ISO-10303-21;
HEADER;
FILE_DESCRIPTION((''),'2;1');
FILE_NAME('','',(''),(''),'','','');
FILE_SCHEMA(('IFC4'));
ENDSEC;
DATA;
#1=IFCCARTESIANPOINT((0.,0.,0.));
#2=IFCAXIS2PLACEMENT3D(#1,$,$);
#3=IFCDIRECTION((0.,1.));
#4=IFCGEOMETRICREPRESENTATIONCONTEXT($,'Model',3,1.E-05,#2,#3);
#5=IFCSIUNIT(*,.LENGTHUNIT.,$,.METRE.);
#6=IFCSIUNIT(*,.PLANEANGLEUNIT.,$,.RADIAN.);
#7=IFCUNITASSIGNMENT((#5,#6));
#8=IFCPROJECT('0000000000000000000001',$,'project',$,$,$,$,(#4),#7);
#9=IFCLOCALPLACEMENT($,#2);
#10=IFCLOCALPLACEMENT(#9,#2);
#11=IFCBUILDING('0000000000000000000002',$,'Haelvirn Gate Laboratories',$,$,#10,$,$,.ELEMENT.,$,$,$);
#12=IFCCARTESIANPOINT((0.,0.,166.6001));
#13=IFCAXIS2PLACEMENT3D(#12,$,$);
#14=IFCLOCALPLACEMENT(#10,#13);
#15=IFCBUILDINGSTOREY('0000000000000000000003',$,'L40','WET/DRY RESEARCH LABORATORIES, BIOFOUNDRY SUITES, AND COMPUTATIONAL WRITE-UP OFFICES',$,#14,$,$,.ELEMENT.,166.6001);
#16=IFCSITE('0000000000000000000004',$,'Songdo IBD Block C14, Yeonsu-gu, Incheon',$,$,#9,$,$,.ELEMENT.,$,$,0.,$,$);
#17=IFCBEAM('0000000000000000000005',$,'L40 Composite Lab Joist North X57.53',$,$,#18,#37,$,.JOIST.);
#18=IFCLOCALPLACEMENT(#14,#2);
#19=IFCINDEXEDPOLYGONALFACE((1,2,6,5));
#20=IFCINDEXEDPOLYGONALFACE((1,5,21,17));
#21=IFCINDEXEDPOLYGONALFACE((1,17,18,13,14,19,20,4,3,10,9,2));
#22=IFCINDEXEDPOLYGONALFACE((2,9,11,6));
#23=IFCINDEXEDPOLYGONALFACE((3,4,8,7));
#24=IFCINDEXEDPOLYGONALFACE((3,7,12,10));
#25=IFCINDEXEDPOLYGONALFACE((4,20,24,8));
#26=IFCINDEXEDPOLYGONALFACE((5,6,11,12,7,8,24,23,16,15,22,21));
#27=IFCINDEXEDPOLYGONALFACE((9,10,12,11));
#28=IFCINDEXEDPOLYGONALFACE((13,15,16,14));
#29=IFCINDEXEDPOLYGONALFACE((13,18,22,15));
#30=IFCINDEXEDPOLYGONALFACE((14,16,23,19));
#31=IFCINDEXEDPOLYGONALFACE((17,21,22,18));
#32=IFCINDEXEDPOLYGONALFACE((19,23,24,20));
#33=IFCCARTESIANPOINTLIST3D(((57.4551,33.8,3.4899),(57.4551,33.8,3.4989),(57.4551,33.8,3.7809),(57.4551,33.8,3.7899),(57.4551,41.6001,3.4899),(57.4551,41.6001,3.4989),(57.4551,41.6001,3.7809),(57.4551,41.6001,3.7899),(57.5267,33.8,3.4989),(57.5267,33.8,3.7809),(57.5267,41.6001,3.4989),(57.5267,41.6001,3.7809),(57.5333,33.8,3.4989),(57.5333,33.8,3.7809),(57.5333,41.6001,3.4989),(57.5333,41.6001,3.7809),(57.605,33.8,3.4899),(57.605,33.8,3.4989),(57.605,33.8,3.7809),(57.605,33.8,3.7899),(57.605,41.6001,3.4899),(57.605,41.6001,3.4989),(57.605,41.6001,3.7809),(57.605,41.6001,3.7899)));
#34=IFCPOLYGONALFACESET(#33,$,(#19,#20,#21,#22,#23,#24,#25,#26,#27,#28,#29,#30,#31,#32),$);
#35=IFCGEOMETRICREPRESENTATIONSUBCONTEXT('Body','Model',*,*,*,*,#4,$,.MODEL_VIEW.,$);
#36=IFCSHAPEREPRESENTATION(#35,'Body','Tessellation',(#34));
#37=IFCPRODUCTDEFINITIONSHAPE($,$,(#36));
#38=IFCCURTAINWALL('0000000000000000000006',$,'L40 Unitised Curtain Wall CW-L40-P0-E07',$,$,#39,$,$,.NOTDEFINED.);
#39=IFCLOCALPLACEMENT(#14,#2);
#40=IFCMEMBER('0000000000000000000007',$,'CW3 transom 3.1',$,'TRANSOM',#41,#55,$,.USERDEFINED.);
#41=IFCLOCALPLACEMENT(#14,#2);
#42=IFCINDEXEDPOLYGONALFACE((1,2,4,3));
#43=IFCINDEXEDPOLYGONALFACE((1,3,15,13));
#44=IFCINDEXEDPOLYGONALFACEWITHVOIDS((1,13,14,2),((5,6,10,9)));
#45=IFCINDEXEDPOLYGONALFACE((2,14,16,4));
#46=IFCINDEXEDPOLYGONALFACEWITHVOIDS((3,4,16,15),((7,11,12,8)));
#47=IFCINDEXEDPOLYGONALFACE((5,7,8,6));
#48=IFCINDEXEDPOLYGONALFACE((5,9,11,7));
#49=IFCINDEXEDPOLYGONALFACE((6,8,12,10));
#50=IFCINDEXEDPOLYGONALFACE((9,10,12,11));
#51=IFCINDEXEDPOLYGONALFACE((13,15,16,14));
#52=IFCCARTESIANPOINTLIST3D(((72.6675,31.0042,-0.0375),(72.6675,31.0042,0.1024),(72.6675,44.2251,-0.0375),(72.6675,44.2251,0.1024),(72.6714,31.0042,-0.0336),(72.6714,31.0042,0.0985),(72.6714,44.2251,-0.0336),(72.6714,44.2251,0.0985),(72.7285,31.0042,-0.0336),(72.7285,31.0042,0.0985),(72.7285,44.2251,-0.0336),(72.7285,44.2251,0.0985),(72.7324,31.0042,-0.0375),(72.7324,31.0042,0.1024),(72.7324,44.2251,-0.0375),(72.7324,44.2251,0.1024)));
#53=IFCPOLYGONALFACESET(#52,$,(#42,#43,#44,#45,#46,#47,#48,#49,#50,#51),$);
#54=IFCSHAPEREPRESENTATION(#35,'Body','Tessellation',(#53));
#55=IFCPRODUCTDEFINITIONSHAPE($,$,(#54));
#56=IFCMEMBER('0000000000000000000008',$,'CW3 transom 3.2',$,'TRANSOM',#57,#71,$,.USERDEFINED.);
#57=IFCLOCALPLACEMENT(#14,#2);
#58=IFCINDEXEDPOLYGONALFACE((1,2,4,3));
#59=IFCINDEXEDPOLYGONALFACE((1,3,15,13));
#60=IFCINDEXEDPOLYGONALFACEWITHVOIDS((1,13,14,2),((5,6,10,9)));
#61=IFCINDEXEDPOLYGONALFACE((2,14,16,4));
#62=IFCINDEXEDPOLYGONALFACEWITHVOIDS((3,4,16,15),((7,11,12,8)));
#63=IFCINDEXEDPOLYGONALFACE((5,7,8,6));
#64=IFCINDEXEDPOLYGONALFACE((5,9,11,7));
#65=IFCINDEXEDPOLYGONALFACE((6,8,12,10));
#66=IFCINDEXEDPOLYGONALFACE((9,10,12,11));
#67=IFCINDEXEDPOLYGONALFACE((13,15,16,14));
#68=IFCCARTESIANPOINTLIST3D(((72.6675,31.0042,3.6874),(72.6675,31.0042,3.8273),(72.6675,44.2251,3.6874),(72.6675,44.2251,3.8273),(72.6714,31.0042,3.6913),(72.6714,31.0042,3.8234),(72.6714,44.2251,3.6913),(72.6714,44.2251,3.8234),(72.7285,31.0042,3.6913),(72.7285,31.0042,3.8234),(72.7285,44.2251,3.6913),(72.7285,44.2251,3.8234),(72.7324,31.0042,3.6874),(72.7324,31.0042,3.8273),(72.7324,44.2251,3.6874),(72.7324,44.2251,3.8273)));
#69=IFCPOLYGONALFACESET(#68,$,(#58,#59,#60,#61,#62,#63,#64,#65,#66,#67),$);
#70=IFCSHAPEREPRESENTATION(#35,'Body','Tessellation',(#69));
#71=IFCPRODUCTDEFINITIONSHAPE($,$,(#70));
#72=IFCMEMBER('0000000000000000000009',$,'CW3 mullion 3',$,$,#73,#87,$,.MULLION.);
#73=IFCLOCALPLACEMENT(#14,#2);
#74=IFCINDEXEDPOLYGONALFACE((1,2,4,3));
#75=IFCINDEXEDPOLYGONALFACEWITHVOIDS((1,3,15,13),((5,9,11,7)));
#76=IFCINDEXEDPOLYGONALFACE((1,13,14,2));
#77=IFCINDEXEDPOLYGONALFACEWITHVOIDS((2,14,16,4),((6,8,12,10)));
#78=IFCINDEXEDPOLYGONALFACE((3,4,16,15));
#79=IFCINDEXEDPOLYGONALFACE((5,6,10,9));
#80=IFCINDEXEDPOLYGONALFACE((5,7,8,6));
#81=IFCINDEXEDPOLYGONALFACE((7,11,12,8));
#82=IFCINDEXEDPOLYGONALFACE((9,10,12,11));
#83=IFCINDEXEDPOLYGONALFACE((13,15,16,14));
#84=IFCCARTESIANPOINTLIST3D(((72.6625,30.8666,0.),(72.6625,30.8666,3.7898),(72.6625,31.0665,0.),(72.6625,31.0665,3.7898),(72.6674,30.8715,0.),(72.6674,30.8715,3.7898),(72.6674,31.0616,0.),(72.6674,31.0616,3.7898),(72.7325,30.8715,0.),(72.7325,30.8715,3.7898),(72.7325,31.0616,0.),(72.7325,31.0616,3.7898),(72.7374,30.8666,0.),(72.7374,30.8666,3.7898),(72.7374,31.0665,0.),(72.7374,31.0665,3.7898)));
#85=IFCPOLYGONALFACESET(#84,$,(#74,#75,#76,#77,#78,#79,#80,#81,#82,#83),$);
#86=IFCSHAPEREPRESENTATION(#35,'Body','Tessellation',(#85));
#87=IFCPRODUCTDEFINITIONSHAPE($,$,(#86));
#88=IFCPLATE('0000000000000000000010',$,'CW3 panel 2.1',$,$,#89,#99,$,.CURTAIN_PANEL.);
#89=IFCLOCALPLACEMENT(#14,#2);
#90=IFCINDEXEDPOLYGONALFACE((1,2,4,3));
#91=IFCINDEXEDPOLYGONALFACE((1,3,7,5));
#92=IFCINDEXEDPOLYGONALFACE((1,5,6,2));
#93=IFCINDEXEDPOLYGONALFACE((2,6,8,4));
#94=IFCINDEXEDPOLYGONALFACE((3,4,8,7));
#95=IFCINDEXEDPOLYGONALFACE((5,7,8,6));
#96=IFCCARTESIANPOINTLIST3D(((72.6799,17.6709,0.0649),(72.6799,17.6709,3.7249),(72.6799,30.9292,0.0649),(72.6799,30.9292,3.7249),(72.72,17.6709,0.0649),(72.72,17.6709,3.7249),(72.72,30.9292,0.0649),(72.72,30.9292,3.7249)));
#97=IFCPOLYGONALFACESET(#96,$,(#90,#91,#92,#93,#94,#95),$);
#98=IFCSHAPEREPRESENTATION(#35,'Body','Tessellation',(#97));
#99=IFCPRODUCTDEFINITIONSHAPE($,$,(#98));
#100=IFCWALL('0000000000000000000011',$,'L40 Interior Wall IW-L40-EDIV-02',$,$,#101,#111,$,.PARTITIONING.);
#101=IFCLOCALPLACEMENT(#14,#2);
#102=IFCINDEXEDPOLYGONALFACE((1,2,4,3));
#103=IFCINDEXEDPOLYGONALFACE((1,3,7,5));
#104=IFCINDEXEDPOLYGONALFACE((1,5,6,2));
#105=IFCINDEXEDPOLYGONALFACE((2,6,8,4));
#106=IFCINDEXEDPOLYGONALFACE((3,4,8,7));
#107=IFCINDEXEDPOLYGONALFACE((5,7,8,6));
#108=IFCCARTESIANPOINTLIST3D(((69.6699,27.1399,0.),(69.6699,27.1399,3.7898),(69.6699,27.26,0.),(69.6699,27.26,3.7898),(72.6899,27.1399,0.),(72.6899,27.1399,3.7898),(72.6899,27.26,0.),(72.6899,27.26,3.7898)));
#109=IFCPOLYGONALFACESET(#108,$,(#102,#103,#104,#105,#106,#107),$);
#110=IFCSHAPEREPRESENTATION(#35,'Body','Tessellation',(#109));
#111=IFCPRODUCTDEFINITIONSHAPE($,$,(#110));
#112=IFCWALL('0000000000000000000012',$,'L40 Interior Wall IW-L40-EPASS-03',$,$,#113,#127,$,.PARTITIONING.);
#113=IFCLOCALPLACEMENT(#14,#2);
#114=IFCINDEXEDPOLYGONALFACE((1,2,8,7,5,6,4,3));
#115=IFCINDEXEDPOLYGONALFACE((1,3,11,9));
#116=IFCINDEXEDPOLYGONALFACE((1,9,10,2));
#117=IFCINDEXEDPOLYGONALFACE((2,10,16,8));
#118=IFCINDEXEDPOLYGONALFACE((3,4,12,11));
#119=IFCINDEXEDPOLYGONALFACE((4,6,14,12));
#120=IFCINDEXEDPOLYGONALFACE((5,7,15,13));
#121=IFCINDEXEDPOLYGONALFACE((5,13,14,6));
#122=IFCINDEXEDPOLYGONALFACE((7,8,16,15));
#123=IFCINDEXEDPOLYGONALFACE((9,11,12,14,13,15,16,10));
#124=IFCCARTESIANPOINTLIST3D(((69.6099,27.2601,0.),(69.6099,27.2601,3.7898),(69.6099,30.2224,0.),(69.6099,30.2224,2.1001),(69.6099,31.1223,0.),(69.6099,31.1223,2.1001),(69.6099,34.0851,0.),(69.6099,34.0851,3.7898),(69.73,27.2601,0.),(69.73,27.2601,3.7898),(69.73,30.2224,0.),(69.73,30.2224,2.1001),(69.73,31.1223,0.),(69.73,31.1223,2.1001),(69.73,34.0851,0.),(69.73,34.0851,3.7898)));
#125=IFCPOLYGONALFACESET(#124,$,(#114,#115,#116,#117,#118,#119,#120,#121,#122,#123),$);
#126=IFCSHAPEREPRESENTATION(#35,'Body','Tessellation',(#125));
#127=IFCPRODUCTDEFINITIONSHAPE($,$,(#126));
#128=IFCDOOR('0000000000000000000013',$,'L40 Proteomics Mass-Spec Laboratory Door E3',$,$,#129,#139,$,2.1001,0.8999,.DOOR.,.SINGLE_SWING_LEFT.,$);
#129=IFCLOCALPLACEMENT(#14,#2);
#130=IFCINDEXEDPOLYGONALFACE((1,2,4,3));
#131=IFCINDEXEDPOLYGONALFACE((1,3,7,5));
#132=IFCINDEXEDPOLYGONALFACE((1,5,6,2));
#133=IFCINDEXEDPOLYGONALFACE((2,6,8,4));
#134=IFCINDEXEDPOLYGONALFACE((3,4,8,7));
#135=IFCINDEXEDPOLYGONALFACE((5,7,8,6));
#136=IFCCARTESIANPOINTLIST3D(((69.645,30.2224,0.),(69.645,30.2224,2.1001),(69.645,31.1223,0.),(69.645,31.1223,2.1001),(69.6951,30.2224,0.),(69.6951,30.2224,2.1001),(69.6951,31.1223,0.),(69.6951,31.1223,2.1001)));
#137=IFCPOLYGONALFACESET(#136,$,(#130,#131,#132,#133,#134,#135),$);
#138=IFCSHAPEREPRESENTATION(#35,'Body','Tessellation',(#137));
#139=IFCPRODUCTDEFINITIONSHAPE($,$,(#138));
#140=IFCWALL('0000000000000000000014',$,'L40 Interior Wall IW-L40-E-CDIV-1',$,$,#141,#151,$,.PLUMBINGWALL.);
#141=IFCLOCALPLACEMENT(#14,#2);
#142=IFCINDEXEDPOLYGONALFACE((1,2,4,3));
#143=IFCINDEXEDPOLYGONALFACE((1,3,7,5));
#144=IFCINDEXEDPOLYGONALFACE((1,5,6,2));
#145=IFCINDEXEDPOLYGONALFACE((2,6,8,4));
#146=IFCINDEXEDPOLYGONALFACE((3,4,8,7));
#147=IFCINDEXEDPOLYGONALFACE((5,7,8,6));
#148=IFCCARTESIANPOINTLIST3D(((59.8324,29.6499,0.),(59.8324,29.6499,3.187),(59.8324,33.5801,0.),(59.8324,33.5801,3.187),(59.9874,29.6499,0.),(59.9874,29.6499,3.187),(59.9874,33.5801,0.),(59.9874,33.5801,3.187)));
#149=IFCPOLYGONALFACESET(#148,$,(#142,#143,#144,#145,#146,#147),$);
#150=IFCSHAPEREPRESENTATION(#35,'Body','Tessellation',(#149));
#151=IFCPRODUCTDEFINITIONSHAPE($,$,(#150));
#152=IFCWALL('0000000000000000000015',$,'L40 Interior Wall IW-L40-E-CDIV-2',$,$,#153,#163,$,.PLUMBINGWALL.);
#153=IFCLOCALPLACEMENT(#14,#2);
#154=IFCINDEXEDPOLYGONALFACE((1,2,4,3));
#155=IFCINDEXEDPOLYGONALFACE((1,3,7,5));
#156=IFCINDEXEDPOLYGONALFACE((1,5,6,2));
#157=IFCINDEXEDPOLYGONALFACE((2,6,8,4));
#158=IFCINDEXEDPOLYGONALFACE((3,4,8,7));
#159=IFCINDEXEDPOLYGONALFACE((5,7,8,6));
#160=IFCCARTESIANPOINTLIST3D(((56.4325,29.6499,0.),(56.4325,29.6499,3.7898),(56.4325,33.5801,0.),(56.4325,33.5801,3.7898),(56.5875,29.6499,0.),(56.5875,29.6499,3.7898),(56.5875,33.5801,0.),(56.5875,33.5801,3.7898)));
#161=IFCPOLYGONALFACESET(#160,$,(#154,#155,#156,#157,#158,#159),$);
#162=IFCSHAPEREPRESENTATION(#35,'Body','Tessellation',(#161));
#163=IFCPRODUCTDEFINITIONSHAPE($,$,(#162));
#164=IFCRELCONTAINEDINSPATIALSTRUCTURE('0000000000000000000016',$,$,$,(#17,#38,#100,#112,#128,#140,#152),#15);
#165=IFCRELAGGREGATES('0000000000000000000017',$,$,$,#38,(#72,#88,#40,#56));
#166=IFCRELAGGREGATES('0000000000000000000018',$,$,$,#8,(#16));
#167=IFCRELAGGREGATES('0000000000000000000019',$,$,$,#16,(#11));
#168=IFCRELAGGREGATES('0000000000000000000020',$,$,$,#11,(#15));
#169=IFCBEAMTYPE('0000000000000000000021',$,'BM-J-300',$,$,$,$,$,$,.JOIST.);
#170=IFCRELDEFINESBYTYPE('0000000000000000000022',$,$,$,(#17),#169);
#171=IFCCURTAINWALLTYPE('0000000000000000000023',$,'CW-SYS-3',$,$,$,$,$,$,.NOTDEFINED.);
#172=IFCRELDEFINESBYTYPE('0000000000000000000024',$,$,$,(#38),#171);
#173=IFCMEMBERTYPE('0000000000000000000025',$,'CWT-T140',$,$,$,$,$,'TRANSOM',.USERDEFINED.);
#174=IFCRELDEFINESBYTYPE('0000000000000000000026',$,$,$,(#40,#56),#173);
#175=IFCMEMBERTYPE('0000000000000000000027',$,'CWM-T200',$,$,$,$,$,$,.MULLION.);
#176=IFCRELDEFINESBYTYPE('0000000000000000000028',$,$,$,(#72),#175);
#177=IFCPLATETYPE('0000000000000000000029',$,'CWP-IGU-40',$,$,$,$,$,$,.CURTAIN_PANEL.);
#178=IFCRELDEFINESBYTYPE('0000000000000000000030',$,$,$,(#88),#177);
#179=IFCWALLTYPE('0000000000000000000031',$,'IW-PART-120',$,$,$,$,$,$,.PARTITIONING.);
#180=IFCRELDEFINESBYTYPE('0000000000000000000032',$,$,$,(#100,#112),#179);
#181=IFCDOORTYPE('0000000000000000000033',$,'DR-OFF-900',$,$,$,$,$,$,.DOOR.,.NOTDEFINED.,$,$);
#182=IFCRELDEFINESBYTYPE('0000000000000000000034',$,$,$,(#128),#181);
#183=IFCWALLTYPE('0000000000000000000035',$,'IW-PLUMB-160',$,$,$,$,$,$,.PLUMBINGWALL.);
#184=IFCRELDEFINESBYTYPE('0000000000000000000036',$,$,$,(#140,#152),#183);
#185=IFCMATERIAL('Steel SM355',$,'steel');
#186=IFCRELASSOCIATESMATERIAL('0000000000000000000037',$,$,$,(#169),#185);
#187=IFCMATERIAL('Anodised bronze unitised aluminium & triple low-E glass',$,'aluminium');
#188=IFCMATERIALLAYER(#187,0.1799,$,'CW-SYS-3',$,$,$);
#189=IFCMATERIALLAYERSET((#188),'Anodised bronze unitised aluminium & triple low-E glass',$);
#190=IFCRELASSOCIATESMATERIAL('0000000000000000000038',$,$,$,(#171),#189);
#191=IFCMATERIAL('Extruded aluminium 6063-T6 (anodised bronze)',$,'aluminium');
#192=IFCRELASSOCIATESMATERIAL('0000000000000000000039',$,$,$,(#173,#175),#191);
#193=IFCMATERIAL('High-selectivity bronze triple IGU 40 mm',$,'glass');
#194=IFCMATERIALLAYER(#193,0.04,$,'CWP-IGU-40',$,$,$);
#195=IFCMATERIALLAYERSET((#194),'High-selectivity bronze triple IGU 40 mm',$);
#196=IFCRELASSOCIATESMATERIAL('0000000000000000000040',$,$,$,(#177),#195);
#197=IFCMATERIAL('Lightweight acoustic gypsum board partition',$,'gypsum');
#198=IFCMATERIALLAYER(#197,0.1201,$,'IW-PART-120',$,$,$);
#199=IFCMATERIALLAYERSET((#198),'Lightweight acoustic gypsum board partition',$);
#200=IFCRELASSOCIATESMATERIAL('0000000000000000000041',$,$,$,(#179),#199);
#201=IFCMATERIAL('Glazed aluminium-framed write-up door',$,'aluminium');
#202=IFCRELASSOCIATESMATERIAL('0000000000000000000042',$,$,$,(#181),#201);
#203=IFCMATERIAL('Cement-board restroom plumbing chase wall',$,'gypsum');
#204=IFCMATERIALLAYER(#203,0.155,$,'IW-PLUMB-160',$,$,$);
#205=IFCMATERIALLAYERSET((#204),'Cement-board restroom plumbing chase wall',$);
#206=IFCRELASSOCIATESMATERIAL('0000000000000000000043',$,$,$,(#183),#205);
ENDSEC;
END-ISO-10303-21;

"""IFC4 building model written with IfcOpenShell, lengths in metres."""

from ifc_helpers import new_model, si_unit, direction, frame, frame_2d, origin, origin_2d, place, context, subcontext, project, spatial, rectangle, hollow_rectangle, i_section, extrude, source, transform, mapped, material, layer, layer_set, material_profile, profile_set, type_object, type_shapes, element, fill, aggregate, save


model = new_model("IFC4")

# Units and contexts
model_context = context("Model", 3, precision=1e-05, world=origin(), true_north=direction((0.0, 1.0)))
body_context = subcontext(model_context, "Body", "Model", "MODEL_VIEW")
ifc_project = project(units=[si_unit("LENGTHUNIT", "METRE"), si_unit("PLANEANGLEUNIT", "RADIAN")], contexts=[model_context])

# Site, building, storey
site_placement = place(None, origin())
site = spatial("IfcSite", under=ifc_project, at=site_placement, Name="Songdo IBD Block C14, Yeonsu-gu, Incheon", CompositionType="ELEMENT", RefElevation=0.0)
building_placement = place(site_placement, origin())
building = spatial("IfcBuilding", under=site, at=building_placement, Name="Haelvirn Gate Laboratories", CompositionType="ELEMENT")
storey_placement = place(building_placement, frame((0.0, 0.0, 166.6001)))
storey = spatial("IfcBuildingStorey", under=building, at=storey_placement, Name="L40", Description="WET/DRY RESEARCH LABORATORIES, BIOFOUNDRY SUITES, AND COMPUTATIONAL WRITE-UP OFFICES", CompositionType="ELEMENT", Elevation=166.6001)

# Beam
ifc_material_1 = material(Name="Steel SM355", Category="steel")
ifc_material_profile_1 = material_profile(ifc_material_1, i_section(OverallWidth=0.1499, OverallDepth=0.3, WebThickness=0.0066, FlangeThickness=0.009, at=origin_2d()), Name="H-300x150x6.5x9")
ifc_profile_set_1 = profile_set([ifc_material_profile_1], Name="Steel SM355")
beam_type = type_object("IfcBeamType", Name="BM-J-300", PredefinedType="JOIST", material=ifc_profile_set_1)
shared_shape_1 = source(origin(), body_context, "Body", "SweptSolid", [
    extrude(i_section(OverallWidth=0.1499, OverallDepth=0.3, WebThickness=0.0066, FlangeThickness=0.009, at=origin_2d()), origin(), (0.0, 0.0, 1.0), 7.8),
])
type_shapes(beam_type, [shared_shape_1])
beam_placement = place(storey_placement, frame((57.53, 33.8, 3.6399), z_axis=(0.0, 1.0, 0.0), x_axis=(-1.0, 0.0, 0.0)))
element("IfcBeam", 1, at=beam_placement, inside=storey, type_object=beam_type, Name="L40 Composite Lab Joist North X57.53", PredefinedType="JOIST", context=body_context, shape_type="MappedRepresentation", body=[
    mapped(shared_shape_1, transform((0.0, 0.0, 0.0), scale=1.0)),
])

# Curtain wall, members, plate
ifc_material_2 = material(Name="Anodised bronze unitised aluminium & triple low-E glass", Category="aluminium")
ifc_layer_1 = layer(ifc_material_2, 0.1799, Name="CW-SYS-3")
ifc_layer_set_1 = layer_set([ifc_layer_1], Name="Anodised bronze unitised aluminium & triple low-E glass")
curtain_wall_type = type_object("IfcCurtainWallType", Name="CW-SYS-3", PredefinedType="NOTDEFINED", material=ifc_layer_set_1)
curtain_wall_placement = place(storey_placement, origin())
curtain_wall = element("IfcCurtainWall", 2, at=curtain_wall_placement, inside=storey, type_object=curtain_wall_type, Name="L40 Unitised Curtain Wall CW-L40-P0-E07", PredefinedType="NOTDEFINED")
ifc_material_3 = material(Name="Extruded aluminium 6063-T6 (anodised bronze)", Category="aluminium")
ifc_material_profile_2 = material_profile(ifc_material_3, hollow_rectangle(XDim=0.0649, YDim=0.1399, WallThickness=0.0039, at=origin_2d()), Name="CWT-140x65x4")
ifc_profile_set_2 = profile_set([ifc_material_profile_2], Name="Extruded aluminium 6063-T6 (anodised bronze)")
member_type_1 = type_object("IfcMemberType", Name="CWT-T140", ElementType="TRANSOM", PredefinedType="USERDEFINED", material=ifc_profile_set_2)
shared_shape_2 = source(origin(), body_context, "Body", "SweptSolid", [
    extrude(hollow_rectangle(XDim=0.0649, YDim=0.1399, WallThickness=0.0039, at=origin_2d()), origin(), (0.0, 0.0, 1.0), 13.2209),
])
type_shapes(member_type_1, [shared_shape_2])
member_1_placement = place(storey_placement, frame((72.7, 31.0042, 0.0325), z_axis=(0.0, 1.0, 0.0), x_axis=(-1.0, 0.0, 0.0)))
member_1 = element("IfcMember", 3, at=member_1_placement, type_object=member_type_1, Name="CW3 transom 3.1", ObjectType="TRANSOM", PredefinedType="USERDEFINED", context=body_context, shape_type="MappedRepresentation", body=[
    mapped(shared_shape_2, transform((0.0, 0.0, 0.0), scale=1.0)),
])
member_2_placement = place(storey_placement, frame((72.7, 31.0042, 3.7573), z_axis=(0.0, 1.0, 0.0), x_axis=(-1.0, 0.0, 0.0)))
member_2 = element("IfcMember", 4, at=member_2_placement, type_object=member_type_1, Name="CW3 transom 3.2", ObjectType="TRANSOM", PredefinedType="USERDEFINED", context=body_context, shape_type="MappedRepresentation", body=[
    mapped(shared_shape_2, transform((0.0, 0.0, 0.0), scale=1.0)),
])
ifc_material_profile_3 = material_profile(ifc_material_3, hollow_rectangle(XDim=0.075, YDim=0.2, WallThickness=0.0049, at=origin_2d()), Name="CWM-200x75x5")
ifc_profile_set_3 = profile_set([ifc_material_profile_3], Name="Extruded aluminium 6063-T6 (anodised bronze)")
member_type_2 = type_object("IfcMemberType", Name="CWM-T200", PredefinedType="MULLION", material=ifc_profile_set_3)
shared_shape_3 = source(origin(), body_context, "Body", "SweptSolid", [
    extrude(hollow_rectangle(XDim=0.075, YDim=0.2, WallThickness=0.0049, at=origin_2d()), origin(), (0.0, 0.0, 1.0), 3.7898),
])
type_shapes(member_type_2, [shared_shape_3])
member_3_placement = place(storey_placement, frame((72.7, 30.9666, 0.0), z_axis=(0.0, 0.0, 1.0), x_axis=(-1.0, 0.0, 0.0)))
member_3 = element("IfcMember", 5, at=member_3_placement, type_object=member_type_2, Name="CW3 mullion 3", PredefinedType="MULLION", context=body_context, shape_type="MappedRepresentation", body=[
    mapped(shared_shape_3, transform((0.0, 0.0, 0.0), scale=1.0)),
])
ifc_material_4 = material(Name="High-selectivity bronze triple IGU 40 mm", Category="glass")
ifc_layer_2 = layer(ifc_material_4, 0.04, Name="CWP-IGU-40")
ifc_layer_set_2 = layer_set([ifc_layer_2], Name="High-selectivity bronze triple IGU 40 mm")
plate_type = type_object("IfcPlateType", Name="CWP-IGU-40", PredefinedType="CURTAIN_PANEL", material=ifc_layer_set_2)
shared_shape_4 = source(origin(), body_context, "Body", "SweptSolid", [
    extrude(rectangle(XDim=13.2583, YDim=0.04, at=origin_2d()), origin(), (0.0, 0.0, 1.0), 3.6599),
])
type_shapes(plate_type, [shared_shape_4])
plate_placement = place(storey_placement, frame((72.7, 24.3, 0.0649), z_axis=(0.0, 0.0, 1.0), x_axis=(0.0, 1.0, 0.0)))
plate = element("IfcPlate", 6, at=plate_placement, type_object=plate_type, Name="CW3 panel 2.1", PredefinedType="CURTAIN_PANEL", context=body_context, shape_type="MappedRepresentation", body=[
    mapped(shared_shape_4, transform((0.0, 0.0, 0.0), scale=1.0)),
])
aggregate(curtain_wall, [member_3, plate, member_1, member_2])

# Wall
ifc_material_5 = material(Name="Lightweight acoustic gypsum board partition", Category="gypsum")
ifc_layer_3 = layer(ifc_material_5, 0.1201, Name="IW-PART-120")
ifc_layer_set_3 = layer_set([ifc_layer_3], Name="Lightweight acoustic gypsum board partition")
wall_type_1 = type_object("IfcWallType", Name="IW-PART-120", PredefinedType="PARTITIONING", material=ifc_layer_set_3)
wall_1_placement = place(storey_placement, frame((69.6699, 27.2, 0.0), z_axis=(0.0, 0.0, 1.0), x_axis=(1.0, 0.0, 0.0)))
element("IfcWall", 7, at=wall_1_placement, inside=storey, type_object=wall_type_1, Name="L40 Interior Wall IW-L40-EDIV-02", PredefinedType="PARTITIONING", context=body_context, shape_type="SweptSolid", body=[
    extrude(rectangle(XDim=3.02, YDim=0.1201, at=frame_2d((1.51, 0.0))), origin(), (0.0, 0.0, 1.0), 3.7898),
])

# Wall, opening, door
wall_2_placement = place(storey_placement, frame((69.6699, 27.26, 0.0), z_axis=(0.0, 0.0, 1.0), x_axis=(0.0, 1.0, 0.0)))
wall_2 = element("IfcWall", 8, at=wall_2_placement, inside=storey, type_object=wall_type_1, Name="L40 Interior Wall IW-L40-EPASS-03", PredefinedType="PARTITIONING", context=body_context, shape_type="SweptSolid", body=[
    extrude(rectangle(XDim=6.825, YDim=0.1201, at=frame_2d((3.4126, 0.0))), origin(), (0.0, 0.0, 1.0), 3.7898),
])
opening_1_placement = place(wall_2_placement, frame((2.9624, 0.0, 0.0)))
opening_1 = element("IfcOpeningElement", 9, at=opening_1_placement, cuts=wall_2, PredefinedType="OPENING", context=body_context, shape_type="SweptSolid", body=[
    extrude(rectangle(XDim=0.8999, YDim=2.1001, at=frame_2d((0.45, 1.05))), frame((0.0, 0.0701, 0.0), z_axis=(0.0, -1.0, 0.0), x_axis=(1.0, 0.0, 0.0)), (0.0, 0.0, 1.0), 0.1401),
])
ifc_material_6 = material(Name="Glazed aluminium-framed write-up door", Category="aluminium")
door_type_1 = type_object("IfcDoorType", Name="DR-OFF-900", OperationType="NOTDEFINED", PredefinedType="DOOR", material=ifc_material_6)
shared_shape_5 = source(origin(), body_context, "Body", "SweptSolid", [
    extrude(rectangle(XDim=0.8999, YDim=2.1001, at=frame_2d((0.45, 1.05))), frame((0.0, 0.0249, 0.0), z_axis=(0.0, -1.0, 0.0), x_axis=(1.0, 0.0, 0.0)), (0.0, 0.0, 1.0), 0.05),
])
type_shapes(door_type_1, [shared_shape_5])
door_1_placement = place(opening_1_placement, origin())
door_1 = element("IfcDoor", 10, at=door_1_placement, inside=storey, type_object=door_type_1, Name="L40 Proteomics Mass-Spec Laboratory Door E3", OperationType="SINGLE_SWING_LEFT", OverallHeight=2.1001, OverallWidth=0.8999, PredefinedType="DOOR", context=body_context, shape_type="MappedRepresentation", body=[
    mapped(shared_shape_5, transform((0.0, 0.0, 0.0), scale=1.0)),
])
fill(opening_1, door_1)

# Walls
ifc_material_7 = material(Name="Cement-board restroom plumbing chase wall", Category="gypsum")
ifc_layer_4 = layer(ifc_material_7, 0.155, Name="IW-PLUMB-160")
ifc_layer_set_4 = layer_set([ifc_layer_4], Name="Cement-board restroom plumbing chase wall")
wall_type_2 = type_object("IfcWallType", Name="IW-PLUMB-160", PredefinedType="PLUMBINGWALL", material=ifc_layer_set_4)
wall_3_placement = place(storey_placement, frame((59.9099, 29.6499, 0.0), z_axis=(0.0, 0.0, 1.0), x_axis=(0.0, 1.0, 0.0)))
element("IfcWall", 11, at=wall_3_placement, inside=storey, type_object=wall_type_2, Name="L40 Interior Wall IW-L40-E-CDIV-1", PredefinedType="PLUMBINGWALL", context=body_context, shape_type="SweptSolid", body=[
    extrude(rectangle(XDim=3.9302, YDim=0.155, at=frame_2d((1.9651, 0.0))), origin(), (0.0, 0.0, 1.0), 3.187),
])
wall_4_placement = place(storey_placement, frame((56.51, 29.6499, 0.0), z_axis=(0.0, 0.0, 1.0), x_axis=(0.0, 1.0, 0.0)))
element("IfcWall", 12, at=wall_4_placement, inside=storey, type_object=wall_type_2, Name="L40 Interior Wall IW-L40-E-CDIV-2", PredefinedType="PLUMBINGWALL", context=body_context, shape_type="SweptSolid", body=[
    extrude(rectangle(XDim=3.9302, YDim=0.155, at=frame_2d((1.9651, 0.0))), origin(), (0.0, 0.0, 1.0), 3.7898),
])

save(model, "model.ifc")
